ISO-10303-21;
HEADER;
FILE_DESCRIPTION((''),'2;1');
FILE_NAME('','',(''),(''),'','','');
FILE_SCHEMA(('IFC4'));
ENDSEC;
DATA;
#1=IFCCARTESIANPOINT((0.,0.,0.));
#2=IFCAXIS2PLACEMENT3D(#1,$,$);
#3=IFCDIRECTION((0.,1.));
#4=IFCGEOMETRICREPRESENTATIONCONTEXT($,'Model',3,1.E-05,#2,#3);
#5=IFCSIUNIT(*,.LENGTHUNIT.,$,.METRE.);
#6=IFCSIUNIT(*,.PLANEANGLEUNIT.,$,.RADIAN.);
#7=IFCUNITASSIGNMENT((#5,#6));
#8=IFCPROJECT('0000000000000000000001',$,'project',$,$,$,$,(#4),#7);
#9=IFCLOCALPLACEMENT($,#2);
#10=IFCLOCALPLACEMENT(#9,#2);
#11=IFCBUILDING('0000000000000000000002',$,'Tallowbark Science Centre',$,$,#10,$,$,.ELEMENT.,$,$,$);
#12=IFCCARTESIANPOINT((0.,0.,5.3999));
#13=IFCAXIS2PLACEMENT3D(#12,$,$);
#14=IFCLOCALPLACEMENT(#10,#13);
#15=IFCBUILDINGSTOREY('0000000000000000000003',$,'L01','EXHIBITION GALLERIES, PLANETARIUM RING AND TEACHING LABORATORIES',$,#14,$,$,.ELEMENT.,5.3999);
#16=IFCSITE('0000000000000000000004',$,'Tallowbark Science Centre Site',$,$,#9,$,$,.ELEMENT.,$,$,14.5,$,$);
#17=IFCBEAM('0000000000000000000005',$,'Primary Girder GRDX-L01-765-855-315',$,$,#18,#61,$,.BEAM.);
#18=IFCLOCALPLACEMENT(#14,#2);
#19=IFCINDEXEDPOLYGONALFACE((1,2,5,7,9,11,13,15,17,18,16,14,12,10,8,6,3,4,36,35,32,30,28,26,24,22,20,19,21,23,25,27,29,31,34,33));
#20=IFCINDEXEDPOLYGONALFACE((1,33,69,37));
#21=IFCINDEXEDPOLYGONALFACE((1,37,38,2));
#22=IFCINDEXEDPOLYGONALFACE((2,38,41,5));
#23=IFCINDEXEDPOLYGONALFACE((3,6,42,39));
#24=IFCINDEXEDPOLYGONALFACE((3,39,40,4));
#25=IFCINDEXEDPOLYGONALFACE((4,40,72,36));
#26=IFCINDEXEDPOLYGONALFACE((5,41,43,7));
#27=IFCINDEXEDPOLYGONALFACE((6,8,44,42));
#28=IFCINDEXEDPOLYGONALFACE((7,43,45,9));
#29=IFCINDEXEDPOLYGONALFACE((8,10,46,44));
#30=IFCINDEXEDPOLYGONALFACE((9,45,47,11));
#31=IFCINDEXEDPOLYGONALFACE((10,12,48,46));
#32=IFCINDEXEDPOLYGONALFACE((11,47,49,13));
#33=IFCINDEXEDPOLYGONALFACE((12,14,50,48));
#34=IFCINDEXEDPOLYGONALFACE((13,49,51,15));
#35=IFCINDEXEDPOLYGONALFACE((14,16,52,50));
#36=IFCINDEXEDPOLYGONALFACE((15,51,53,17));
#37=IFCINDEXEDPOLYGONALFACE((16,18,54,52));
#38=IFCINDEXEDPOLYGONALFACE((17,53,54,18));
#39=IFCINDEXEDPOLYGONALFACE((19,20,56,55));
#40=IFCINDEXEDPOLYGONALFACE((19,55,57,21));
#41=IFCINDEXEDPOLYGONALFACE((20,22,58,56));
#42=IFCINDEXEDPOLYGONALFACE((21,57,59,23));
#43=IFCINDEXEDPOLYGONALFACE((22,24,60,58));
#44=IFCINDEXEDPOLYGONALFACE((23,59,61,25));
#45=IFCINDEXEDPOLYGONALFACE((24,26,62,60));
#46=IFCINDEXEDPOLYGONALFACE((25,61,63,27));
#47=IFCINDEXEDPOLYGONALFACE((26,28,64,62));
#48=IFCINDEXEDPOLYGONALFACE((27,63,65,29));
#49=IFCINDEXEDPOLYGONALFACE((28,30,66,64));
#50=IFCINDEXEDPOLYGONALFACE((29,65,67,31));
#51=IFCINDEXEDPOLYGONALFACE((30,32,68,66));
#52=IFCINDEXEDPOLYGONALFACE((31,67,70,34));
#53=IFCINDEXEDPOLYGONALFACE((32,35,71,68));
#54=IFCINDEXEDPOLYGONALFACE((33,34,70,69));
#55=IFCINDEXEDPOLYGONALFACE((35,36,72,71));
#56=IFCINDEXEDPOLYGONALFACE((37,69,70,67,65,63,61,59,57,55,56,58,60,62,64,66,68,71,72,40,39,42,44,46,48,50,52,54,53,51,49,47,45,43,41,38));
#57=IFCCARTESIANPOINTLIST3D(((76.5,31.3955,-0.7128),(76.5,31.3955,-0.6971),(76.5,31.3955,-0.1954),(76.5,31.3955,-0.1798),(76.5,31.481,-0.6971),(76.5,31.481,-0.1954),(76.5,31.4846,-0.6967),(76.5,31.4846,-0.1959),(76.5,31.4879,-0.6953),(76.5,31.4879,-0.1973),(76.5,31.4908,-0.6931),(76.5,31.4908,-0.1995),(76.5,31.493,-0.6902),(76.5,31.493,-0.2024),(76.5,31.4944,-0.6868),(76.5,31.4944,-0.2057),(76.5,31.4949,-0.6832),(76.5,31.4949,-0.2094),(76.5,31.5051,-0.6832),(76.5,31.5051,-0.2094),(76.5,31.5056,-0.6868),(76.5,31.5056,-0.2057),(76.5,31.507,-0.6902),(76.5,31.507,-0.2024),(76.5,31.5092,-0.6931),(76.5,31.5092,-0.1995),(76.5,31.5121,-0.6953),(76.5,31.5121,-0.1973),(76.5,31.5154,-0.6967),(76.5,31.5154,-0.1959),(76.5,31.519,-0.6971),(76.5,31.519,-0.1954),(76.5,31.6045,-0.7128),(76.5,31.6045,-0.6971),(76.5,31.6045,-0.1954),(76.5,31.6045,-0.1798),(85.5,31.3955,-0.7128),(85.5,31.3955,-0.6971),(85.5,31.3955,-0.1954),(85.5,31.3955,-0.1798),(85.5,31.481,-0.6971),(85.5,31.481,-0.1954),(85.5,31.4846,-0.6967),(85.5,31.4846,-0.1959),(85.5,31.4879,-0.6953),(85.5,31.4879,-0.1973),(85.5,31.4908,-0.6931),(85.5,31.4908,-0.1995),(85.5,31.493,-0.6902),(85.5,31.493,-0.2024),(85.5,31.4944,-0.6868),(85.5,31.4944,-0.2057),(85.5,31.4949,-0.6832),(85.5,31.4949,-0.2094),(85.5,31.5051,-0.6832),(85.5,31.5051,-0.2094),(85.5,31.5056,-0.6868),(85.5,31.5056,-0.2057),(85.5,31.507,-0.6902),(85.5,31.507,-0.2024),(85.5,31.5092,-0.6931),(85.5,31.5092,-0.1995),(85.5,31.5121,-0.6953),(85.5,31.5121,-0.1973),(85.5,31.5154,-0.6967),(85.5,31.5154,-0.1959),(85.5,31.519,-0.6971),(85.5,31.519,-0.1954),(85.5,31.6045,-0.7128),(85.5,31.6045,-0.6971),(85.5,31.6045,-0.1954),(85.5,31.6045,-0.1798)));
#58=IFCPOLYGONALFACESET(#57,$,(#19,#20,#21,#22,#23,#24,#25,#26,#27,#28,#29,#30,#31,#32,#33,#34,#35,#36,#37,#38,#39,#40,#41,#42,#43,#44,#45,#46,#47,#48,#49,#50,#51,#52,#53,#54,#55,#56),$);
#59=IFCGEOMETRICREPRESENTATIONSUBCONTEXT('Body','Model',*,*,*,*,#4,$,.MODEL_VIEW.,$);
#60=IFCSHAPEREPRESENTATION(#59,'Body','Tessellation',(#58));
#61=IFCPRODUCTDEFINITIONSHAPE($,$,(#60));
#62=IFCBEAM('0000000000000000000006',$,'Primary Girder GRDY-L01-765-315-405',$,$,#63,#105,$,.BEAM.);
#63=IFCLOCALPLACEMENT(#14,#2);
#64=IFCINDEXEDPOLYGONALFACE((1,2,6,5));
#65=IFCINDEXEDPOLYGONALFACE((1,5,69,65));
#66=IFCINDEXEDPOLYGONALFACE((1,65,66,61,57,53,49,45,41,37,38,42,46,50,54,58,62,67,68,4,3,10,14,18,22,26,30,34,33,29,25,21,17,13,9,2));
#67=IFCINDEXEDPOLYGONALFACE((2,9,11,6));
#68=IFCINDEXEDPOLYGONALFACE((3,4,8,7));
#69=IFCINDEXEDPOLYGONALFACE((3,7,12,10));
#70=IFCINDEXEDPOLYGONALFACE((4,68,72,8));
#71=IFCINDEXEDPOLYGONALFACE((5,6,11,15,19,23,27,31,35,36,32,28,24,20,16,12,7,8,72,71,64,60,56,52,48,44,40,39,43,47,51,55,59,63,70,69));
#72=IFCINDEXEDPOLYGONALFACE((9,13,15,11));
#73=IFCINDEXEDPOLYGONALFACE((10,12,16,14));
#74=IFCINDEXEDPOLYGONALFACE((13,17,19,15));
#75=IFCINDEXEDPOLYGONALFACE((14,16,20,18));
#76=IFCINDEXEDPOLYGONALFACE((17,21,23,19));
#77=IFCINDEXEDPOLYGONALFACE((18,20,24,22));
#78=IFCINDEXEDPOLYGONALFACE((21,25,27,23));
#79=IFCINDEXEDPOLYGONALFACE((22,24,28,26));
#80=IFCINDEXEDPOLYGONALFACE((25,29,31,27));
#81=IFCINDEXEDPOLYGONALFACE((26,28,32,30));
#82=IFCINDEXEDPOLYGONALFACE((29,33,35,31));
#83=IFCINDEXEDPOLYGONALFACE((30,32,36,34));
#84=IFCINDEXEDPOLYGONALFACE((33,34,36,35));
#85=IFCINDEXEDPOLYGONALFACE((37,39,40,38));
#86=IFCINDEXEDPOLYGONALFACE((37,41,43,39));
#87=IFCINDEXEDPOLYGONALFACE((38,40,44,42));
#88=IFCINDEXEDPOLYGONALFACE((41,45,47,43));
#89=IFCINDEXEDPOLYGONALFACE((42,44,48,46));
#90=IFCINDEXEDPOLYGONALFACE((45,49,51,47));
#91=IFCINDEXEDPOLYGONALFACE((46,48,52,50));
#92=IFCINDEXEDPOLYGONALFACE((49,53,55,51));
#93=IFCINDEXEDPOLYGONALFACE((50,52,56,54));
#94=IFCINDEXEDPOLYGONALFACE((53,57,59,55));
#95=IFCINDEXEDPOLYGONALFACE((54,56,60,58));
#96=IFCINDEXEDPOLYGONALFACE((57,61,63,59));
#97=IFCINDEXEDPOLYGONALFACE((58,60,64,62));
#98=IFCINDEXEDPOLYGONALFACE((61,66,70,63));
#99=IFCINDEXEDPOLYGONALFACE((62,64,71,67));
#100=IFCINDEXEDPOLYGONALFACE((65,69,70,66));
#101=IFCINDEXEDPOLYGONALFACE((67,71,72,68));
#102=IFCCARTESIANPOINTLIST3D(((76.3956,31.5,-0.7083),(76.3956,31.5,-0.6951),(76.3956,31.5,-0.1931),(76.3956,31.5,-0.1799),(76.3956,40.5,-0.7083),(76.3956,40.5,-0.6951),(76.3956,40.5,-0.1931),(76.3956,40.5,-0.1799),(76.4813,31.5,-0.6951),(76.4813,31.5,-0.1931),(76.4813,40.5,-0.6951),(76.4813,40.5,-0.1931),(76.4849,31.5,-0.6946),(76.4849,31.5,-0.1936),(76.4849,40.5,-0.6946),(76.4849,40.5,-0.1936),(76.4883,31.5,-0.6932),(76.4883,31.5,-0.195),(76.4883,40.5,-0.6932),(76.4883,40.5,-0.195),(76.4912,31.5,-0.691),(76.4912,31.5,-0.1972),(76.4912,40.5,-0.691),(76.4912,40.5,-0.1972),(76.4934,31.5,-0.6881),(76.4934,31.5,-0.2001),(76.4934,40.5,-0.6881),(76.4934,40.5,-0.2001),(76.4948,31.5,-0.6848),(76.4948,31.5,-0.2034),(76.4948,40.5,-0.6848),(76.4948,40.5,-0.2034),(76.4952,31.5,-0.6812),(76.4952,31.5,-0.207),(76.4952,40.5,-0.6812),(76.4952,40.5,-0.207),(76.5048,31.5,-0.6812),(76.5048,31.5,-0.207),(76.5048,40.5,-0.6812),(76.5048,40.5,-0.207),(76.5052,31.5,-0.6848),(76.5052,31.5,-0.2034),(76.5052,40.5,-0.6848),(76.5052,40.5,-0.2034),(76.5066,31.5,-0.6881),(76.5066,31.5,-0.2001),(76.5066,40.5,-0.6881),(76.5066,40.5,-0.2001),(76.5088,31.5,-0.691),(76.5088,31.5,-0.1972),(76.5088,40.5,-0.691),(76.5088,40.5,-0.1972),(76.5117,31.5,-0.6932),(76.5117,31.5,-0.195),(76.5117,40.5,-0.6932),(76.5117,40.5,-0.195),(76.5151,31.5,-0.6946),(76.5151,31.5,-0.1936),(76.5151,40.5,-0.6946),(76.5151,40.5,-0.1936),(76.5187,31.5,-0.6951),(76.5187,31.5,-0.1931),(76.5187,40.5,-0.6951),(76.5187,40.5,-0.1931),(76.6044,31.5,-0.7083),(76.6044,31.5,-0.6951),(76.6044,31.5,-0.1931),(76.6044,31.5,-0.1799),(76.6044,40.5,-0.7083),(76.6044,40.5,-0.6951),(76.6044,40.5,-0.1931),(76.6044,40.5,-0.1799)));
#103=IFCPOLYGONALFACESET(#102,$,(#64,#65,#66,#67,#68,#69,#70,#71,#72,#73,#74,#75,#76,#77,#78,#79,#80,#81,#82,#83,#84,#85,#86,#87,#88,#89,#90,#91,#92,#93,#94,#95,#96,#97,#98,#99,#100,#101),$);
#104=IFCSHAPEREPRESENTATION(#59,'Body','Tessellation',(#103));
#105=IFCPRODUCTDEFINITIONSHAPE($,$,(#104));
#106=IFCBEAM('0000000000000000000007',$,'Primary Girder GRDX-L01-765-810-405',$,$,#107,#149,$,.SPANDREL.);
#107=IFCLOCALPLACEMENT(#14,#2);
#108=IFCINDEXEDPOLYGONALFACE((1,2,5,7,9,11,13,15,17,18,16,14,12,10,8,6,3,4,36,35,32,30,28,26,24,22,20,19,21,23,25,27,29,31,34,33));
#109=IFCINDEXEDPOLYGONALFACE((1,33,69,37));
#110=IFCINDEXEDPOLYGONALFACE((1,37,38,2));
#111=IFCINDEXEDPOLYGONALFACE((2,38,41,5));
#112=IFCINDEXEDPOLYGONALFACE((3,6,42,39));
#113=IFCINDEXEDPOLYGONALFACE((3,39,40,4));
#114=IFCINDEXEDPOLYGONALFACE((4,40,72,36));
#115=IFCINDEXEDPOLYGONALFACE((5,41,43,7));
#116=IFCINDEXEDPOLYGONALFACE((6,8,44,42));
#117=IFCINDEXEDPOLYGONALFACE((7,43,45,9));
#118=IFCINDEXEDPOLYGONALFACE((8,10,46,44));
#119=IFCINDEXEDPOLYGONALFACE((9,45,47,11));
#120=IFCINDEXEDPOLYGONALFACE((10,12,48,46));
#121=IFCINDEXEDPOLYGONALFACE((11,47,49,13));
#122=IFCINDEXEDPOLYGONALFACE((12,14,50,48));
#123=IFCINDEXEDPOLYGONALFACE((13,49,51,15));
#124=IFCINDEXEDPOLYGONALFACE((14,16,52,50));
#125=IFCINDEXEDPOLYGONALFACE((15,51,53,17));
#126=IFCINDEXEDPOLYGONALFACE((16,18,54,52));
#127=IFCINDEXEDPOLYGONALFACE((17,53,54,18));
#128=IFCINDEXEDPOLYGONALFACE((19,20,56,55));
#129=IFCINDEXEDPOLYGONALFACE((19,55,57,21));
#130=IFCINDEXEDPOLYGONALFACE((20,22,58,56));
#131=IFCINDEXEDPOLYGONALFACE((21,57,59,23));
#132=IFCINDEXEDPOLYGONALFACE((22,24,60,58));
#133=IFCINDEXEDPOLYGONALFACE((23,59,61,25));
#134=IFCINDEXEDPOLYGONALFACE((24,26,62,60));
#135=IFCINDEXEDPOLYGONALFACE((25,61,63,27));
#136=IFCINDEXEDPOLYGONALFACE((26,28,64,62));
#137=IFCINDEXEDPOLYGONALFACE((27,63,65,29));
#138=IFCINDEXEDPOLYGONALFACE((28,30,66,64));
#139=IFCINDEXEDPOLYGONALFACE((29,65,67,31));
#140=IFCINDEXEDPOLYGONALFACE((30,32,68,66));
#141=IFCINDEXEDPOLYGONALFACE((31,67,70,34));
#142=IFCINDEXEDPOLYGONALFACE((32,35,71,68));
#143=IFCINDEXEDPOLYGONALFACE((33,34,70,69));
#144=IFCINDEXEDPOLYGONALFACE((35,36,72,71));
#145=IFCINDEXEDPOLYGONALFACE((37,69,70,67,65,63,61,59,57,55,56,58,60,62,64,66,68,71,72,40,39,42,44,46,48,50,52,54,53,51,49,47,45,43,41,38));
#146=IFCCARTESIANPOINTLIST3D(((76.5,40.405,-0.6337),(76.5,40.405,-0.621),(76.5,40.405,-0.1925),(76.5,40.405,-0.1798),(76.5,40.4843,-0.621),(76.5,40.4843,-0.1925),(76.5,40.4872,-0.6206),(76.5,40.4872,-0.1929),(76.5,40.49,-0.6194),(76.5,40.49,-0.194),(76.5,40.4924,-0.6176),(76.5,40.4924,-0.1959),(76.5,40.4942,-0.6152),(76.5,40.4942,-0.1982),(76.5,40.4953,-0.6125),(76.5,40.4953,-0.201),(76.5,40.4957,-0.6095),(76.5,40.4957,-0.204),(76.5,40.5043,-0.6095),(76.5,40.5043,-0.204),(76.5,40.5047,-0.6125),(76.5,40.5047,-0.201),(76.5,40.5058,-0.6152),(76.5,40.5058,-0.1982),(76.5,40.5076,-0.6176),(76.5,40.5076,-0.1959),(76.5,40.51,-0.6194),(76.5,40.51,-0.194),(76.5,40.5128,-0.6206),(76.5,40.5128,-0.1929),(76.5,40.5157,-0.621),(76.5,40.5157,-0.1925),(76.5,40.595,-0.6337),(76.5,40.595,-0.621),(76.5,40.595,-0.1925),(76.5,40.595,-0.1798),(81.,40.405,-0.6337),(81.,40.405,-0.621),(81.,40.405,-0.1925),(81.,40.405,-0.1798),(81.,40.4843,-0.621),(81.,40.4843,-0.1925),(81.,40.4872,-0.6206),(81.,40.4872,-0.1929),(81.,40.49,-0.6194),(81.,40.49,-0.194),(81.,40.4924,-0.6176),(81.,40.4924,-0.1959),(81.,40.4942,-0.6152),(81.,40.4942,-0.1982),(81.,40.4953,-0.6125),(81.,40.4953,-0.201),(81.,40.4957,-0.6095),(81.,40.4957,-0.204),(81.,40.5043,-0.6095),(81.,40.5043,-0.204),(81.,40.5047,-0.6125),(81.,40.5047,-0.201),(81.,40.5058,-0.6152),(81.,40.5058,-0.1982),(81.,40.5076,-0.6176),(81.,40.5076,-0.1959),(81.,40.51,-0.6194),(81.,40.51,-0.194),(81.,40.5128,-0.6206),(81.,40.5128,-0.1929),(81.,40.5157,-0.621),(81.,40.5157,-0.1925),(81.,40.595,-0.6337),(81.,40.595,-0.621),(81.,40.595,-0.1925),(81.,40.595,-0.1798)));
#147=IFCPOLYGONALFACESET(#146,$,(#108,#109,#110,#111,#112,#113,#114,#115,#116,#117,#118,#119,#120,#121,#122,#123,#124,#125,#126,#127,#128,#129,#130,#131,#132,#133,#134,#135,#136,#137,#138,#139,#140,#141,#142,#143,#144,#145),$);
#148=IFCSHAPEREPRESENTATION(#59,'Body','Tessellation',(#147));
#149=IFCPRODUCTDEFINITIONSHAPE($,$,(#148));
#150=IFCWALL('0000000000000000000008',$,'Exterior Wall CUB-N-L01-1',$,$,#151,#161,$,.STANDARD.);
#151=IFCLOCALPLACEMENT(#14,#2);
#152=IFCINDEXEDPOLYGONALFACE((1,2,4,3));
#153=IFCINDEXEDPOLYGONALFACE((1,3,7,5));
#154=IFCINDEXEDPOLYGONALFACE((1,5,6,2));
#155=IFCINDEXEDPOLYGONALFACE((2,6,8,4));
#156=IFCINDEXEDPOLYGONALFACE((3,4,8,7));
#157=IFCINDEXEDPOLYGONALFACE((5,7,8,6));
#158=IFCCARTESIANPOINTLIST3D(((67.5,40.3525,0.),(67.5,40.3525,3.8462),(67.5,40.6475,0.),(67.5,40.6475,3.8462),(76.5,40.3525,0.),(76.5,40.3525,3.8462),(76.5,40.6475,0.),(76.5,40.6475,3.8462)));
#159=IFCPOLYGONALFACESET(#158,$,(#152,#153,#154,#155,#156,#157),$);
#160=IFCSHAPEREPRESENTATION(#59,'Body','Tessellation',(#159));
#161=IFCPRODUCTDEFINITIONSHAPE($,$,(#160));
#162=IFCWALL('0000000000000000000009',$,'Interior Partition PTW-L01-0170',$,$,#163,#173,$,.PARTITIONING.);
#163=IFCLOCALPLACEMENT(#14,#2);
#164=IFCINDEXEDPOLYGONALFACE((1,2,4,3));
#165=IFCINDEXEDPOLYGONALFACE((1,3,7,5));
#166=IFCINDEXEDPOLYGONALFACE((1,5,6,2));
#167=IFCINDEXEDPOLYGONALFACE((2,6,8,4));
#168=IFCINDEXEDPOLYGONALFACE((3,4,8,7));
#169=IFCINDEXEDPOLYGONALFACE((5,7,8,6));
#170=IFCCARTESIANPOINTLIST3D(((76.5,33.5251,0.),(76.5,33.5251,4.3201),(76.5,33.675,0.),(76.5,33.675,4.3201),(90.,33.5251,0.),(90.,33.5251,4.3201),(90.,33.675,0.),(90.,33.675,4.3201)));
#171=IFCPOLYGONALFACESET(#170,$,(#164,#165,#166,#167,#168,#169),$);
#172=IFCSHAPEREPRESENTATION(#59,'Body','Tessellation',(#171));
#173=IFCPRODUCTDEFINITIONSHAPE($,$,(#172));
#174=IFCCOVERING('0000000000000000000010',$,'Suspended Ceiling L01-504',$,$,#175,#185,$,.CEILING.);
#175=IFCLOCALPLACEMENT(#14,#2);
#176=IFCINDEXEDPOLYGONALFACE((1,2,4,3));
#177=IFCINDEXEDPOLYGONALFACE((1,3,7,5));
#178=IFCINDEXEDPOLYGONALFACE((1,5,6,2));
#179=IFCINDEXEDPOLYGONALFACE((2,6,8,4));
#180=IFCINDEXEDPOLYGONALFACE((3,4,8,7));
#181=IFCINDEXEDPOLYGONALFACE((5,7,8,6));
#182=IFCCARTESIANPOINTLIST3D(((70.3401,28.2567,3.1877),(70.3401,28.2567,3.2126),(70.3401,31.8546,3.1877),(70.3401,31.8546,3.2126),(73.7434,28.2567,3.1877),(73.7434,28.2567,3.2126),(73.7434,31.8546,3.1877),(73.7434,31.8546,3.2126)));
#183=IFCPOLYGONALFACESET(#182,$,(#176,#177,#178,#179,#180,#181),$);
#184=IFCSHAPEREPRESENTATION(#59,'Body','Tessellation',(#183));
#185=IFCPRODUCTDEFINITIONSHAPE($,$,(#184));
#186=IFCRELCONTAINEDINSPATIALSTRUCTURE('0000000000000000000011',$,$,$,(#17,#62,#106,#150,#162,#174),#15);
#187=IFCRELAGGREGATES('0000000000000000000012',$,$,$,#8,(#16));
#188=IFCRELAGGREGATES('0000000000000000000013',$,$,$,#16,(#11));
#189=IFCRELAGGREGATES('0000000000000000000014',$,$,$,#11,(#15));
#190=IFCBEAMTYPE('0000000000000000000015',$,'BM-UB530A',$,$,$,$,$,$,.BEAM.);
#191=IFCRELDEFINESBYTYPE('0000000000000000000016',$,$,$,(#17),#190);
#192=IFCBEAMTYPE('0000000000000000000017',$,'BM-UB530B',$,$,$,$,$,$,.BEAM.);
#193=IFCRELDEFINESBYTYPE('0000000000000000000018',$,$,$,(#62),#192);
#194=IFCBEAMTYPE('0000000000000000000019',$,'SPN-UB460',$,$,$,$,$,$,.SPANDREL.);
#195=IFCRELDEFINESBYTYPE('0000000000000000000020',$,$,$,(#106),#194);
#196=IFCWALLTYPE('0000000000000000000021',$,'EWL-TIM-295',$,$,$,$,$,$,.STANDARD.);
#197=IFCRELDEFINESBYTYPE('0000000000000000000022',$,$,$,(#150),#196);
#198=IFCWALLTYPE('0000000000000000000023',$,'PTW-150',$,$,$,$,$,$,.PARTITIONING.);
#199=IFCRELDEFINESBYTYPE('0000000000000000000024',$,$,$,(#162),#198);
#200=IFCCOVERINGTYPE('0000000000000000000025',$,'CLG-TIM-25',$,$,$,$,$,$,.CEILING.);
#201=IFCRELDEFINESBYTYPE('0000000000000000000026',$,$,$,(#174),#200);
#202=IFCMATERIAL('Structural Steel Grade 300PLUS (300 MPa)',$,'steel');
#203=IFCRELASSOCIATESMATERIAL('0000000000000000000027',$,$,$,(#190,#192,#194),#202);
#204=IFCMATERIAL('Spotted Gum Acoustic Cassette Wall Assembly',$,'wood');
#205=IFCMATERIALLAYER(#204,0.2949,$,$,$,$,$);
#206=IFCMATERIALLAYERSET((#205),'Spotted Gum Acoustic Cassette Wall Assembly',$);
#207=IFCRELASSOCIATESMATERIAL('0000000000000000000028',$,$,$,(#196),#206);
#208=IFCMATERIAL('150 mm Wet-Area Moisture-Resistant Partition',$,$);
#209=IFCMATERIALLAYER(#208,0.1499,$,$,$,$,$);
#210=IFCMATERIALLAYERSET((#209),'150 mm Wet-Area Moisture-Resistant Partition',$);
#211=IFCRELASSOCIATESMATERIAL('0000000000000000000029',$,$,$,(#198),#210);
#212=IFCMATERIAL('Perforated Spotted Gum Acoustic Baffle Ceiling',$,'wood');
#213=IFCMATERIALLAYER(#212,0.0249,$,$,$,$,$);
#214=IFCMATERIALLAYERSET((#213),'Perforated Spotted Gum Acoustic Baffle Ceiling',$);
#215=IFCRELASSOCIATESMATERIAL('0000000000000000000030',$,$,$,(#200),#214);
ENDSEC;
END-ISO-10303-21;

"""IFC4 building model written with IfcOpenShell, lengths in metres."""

from ifc_helpers import new_model, si_unit, direction, frame, frame_2d, origin, origin_2d, place, context, subcontext, project, spatial, rectangle, i_section, extrude, material, layer, layer_set, material_profile, profile_set, type_object, element, save


model = new_model("IFC4")

# Units and contexts
model_context = context("Model", 3, precision=1e-05, world=origin(), true_north=direction((0.0, 1.0)))
body_context = subcontext(model_context, "Body", "Model", "MODEL_VIEW")
ifc_project = project(units=[si_unit("LENGTHUNIT", "METRE"), si_unit("PLANEANGLEUNIT", "RADIAN")], contexts=[model_context])

# Site, building, storey
site_placement = place(None, origin())
site = spatial("IfcSite", under=ifc_project, at=site_placement, Name="Tallowbark Science Centre Site", CompositionType="ELEMENT", RefElevation=14.5)
building_placement = place(site_placement, origin())
building = spatial("IfcBuilding", under=site, at=building_placement, Name="Tallowbark Science Centre", CompositionType="ELEMENT")
storey_placement = place(building_placement, frame((0.0, 0.0, 5.3999)))
storey = spatial("IfcBuildingStorey", under=building, at=storey_placement, Name="L01", Description="EXHIBITION GALLERIES, PLANETARIUM RING AND TEACHING LABORATORIES", CompositionType="ELEMENT", Elevation=5.3999)

# Shared definitions
ifc_material_1 = material(Name="Structural Steel Grade 300PLUS (300 MPa)", Category="steel")

# Beams
ifc_material_profile_1 = material_profile(ifc_material_1, i_section(OverallWidth=0.209, OverallDepth=0.533, WebThickness=0.0103, FlangeThickness=0.0156, FilletRadius=0.0139, at=origin_2d()), Name="530UB92.4")
ifc_profile_set_1 = profile_set([ifc_material_profile_1], Name="Structural Steel Grade 300PLUS (300 MPa)")
beam_type_1 = type_object("IfcBeamType", Name="BM-UB530A", PredefinedType="BEAM", material=ifc_profile_set_1)
beam_1_placement = place(storey_placement, frame((76.5, 31.5, -0.4463), z_axis=(1.0, 0.0, 0.0), x_axis=(0.0, 1.0, 0.0)))
element("IfcBeam", 1, at=beam_1_placement, inside=storey, type_object=beam_type_1, Name="Primary Girder GRDX-L01-765-855-315", PredefinedType="BEAM", context=body_context, shape_type="SweptSolid", body=[
    extrude(i_section(OverallWidth=0.209, OverallDepth=0.533, WebThickness=0.0103, FlangeThickness=0.0156, FilletRadius=0.0139, at=origin_2d()), origin(), (0.0, 0.0, 1.0), 9.0),
])
ifc_material_profile_2 = material_profile(ifc_material_1, i_section(OverallWidth=0.2087, OverallDepth=0.5283, WebThickness=0.0095, FlangeThickness=0.0132, FilletRadius=0.0139, at=origin_2d()), Name="530UB82.0")
ifc_profile_set_2 = profile_set([ifc_material_profile_2], Name="Structural Steel Grade 300PLUS (300 MPa)")
beam_type_2 = type_object("IfcBeamType", Name="BM-UB530B", PredefinedType="BEAM", material=ifc_profile_set_2)
beam_2_placement = place(storey_placement, frame((76.5, 31.5, -0.4441), z_axis=(0.0, 1.0, 0.0), x_axis=(-1.0, 0.0, 0.0)))
element("IfcBeam", 2, at=beam_2_placement, inside=storey, type_object=beam_type_2, Name="Primary Girder GRDY-L01-765-315-405", PredefinedType="BEAM", context=body_context, shape_type="SweptSolid", body=[
    extrude(i_section(OverallWidth=0.2087, OverallDepth=0.5283, WebThickness=0.0095, FlangeThickness=0.0132, FilletRadius=0.0139, at=origin_2d()), origin(), (0.0, 0.0, 1.0), 9.0),
])
ifc_material_profile_3 = material_profile(ifc_material_1, i_section(OverallWidth=0.1899, OverallDepth=0.4539, WebThickness=0.0085, FlangeThickness=0.0127, FilletRadius=0.0115, at=origin_2d()), Name="460UB67.1")
ifc_profile_set_3 = profile_set([ifc_material_profile_3], Name="Structural Steel Grade 300PLUS (300 MPa)")
beam_type_3 = type_object("IfcBeamType", Name="SPN-UB460", PredefinedType="SPANDREL", material=ifc_profile_set_3)
beam_3_placement = place(storey_placement, frame((76.5, 40.5, -0.4067), z_axis=(1.0, 0.0, 0.0), x_axis=(0.0, 1.0, 0.0)))
element("IfcBeam", 3, at=beam_3_placement, inside=storey, type_object=beam_type_3, Name="Primary Girder GRDX-L01-765-810-405", PredefinedType="SPANDREL", context=body_context, shape_type="SweptSolid", body=[
    extrude(i_section(OverallWidth=0.1899, OverallDepth=0.4539, WebThickness=0.0085, FlangeThickness=0.0127, FilletRadius=0.0115, at=origin_2d()), origin(), (0.0, 0.0, 1.0), 4.5),
])

# Walls
ifc_material_2 = material(Name="Spotted Gum Acoustic Cassette Wall Assembly", Category="wood")
ifc_layer_1 = layer(ifc_material_2, 0.2949)
ifc_layer_set_1 = layer_set([ifc_layer_1], Name="Spotted Gum Acoustic Cassette Wall Assembly")
wall_type_1 = type_object("IfcWallType", Name="EWL-TIM-295", PredefinedType="STANDARD", material=ifc_layer_set_1)
wall_1_placement = place(storey_placement, frame((76.5, 40.5, 0.0), z_axis=(0.0, 0.0, 1.0), x_axis=(-1.0, 0.0, 0.0)))
element("IfcWall", 4, at=wall_1_placement, inside=storey, type_object=wall_type_1, Name="Exterior Wall CUB-N-L01-1", PredefinedType="STANDARD", context=body_context, shape_type="SweptSolid", body=[
    extrude(rectangle(XDim=9.0, YDim=0.2949, at=frame_2d((4.5, 0.0))), origin(), (0.0, 0.0, 1.0), 3.8462),
])
ifc_material_3 = material(Name="150 mm Wet-Area Moisture-Resistant Partition")
ifc_layer_2 = layer(ifc_material_3, 0.1499)
ifc_layer_set_2 = layer_set([ifc_layer_2], Name="150 mm Wet-Area Moisture-Resistant Partition")
wall_type_2 = type_object("IfcWallType", Name="PTW-150", PredefinedType="PARTITIONING", material=ifc_layer_set_2)
wall_2_placement = place(storey_placement, frame((76.5, 33.6001, 0.0), z_axis=(0.0, 0.0, 1.0), x_axis=(1.0, 0.0, 0.0)))
element("IfcWall", 5, at=wall_2_placement, inside=storey, type_object=wall_type_2, Name="Interior Partition PTW-L01-0170", PredefinedType="PARTITIONING", context=body_context, shape_type="SweptSolid", body=[
    extrude(rectangle(XDim=13.5, YDim=0.1499, at=frame_2d((6.75, 0.0))), origin(), (0.0, 0.0, 1.0), 4.3201),
])

# Covering
ifc_material_4 = material(Name="Perforated Spotted Gum Acoustic Baffle Ceiling", Category="wood")
ifc_layer_3 = layer(ifc_material_4, 0.0249)
ifc_layer_set_3 = layer_set([ifc_layer_3], Name="Perforated Spotted Gum Acoustic Baffle Ceiling")
covering_type_1 = type_object("IfcCoveringType", Name="CLG-TIM-25", PredefinedType="CEILING", material=ifc_layer_set_3)
for number, where, z_axis, x_axis, name in (
    (6, (72.0417, 30.0557, 3.1877), (0.0, 0.0, 1.0), (1.0, 0.0, 0.0), "Suspended Ceiling L01-504"),
):
    element("IfcCovering", number, at=place(storey_placement, frame(where, z_axis=z_axis, x_axis=x_axis)), inside=storey, type_object=covering_type_1, Name=name, PredefinedType="CEILING", context=body_context, shape_type="SweptSolid", body=[
        extrude(rectangle(XDim=3.4033, YDim=3.5979, at=origin_2d()), origin(), (0.0, 0.0, 1.0), 0.0249),
    ])

save(model, "model.ifc")
